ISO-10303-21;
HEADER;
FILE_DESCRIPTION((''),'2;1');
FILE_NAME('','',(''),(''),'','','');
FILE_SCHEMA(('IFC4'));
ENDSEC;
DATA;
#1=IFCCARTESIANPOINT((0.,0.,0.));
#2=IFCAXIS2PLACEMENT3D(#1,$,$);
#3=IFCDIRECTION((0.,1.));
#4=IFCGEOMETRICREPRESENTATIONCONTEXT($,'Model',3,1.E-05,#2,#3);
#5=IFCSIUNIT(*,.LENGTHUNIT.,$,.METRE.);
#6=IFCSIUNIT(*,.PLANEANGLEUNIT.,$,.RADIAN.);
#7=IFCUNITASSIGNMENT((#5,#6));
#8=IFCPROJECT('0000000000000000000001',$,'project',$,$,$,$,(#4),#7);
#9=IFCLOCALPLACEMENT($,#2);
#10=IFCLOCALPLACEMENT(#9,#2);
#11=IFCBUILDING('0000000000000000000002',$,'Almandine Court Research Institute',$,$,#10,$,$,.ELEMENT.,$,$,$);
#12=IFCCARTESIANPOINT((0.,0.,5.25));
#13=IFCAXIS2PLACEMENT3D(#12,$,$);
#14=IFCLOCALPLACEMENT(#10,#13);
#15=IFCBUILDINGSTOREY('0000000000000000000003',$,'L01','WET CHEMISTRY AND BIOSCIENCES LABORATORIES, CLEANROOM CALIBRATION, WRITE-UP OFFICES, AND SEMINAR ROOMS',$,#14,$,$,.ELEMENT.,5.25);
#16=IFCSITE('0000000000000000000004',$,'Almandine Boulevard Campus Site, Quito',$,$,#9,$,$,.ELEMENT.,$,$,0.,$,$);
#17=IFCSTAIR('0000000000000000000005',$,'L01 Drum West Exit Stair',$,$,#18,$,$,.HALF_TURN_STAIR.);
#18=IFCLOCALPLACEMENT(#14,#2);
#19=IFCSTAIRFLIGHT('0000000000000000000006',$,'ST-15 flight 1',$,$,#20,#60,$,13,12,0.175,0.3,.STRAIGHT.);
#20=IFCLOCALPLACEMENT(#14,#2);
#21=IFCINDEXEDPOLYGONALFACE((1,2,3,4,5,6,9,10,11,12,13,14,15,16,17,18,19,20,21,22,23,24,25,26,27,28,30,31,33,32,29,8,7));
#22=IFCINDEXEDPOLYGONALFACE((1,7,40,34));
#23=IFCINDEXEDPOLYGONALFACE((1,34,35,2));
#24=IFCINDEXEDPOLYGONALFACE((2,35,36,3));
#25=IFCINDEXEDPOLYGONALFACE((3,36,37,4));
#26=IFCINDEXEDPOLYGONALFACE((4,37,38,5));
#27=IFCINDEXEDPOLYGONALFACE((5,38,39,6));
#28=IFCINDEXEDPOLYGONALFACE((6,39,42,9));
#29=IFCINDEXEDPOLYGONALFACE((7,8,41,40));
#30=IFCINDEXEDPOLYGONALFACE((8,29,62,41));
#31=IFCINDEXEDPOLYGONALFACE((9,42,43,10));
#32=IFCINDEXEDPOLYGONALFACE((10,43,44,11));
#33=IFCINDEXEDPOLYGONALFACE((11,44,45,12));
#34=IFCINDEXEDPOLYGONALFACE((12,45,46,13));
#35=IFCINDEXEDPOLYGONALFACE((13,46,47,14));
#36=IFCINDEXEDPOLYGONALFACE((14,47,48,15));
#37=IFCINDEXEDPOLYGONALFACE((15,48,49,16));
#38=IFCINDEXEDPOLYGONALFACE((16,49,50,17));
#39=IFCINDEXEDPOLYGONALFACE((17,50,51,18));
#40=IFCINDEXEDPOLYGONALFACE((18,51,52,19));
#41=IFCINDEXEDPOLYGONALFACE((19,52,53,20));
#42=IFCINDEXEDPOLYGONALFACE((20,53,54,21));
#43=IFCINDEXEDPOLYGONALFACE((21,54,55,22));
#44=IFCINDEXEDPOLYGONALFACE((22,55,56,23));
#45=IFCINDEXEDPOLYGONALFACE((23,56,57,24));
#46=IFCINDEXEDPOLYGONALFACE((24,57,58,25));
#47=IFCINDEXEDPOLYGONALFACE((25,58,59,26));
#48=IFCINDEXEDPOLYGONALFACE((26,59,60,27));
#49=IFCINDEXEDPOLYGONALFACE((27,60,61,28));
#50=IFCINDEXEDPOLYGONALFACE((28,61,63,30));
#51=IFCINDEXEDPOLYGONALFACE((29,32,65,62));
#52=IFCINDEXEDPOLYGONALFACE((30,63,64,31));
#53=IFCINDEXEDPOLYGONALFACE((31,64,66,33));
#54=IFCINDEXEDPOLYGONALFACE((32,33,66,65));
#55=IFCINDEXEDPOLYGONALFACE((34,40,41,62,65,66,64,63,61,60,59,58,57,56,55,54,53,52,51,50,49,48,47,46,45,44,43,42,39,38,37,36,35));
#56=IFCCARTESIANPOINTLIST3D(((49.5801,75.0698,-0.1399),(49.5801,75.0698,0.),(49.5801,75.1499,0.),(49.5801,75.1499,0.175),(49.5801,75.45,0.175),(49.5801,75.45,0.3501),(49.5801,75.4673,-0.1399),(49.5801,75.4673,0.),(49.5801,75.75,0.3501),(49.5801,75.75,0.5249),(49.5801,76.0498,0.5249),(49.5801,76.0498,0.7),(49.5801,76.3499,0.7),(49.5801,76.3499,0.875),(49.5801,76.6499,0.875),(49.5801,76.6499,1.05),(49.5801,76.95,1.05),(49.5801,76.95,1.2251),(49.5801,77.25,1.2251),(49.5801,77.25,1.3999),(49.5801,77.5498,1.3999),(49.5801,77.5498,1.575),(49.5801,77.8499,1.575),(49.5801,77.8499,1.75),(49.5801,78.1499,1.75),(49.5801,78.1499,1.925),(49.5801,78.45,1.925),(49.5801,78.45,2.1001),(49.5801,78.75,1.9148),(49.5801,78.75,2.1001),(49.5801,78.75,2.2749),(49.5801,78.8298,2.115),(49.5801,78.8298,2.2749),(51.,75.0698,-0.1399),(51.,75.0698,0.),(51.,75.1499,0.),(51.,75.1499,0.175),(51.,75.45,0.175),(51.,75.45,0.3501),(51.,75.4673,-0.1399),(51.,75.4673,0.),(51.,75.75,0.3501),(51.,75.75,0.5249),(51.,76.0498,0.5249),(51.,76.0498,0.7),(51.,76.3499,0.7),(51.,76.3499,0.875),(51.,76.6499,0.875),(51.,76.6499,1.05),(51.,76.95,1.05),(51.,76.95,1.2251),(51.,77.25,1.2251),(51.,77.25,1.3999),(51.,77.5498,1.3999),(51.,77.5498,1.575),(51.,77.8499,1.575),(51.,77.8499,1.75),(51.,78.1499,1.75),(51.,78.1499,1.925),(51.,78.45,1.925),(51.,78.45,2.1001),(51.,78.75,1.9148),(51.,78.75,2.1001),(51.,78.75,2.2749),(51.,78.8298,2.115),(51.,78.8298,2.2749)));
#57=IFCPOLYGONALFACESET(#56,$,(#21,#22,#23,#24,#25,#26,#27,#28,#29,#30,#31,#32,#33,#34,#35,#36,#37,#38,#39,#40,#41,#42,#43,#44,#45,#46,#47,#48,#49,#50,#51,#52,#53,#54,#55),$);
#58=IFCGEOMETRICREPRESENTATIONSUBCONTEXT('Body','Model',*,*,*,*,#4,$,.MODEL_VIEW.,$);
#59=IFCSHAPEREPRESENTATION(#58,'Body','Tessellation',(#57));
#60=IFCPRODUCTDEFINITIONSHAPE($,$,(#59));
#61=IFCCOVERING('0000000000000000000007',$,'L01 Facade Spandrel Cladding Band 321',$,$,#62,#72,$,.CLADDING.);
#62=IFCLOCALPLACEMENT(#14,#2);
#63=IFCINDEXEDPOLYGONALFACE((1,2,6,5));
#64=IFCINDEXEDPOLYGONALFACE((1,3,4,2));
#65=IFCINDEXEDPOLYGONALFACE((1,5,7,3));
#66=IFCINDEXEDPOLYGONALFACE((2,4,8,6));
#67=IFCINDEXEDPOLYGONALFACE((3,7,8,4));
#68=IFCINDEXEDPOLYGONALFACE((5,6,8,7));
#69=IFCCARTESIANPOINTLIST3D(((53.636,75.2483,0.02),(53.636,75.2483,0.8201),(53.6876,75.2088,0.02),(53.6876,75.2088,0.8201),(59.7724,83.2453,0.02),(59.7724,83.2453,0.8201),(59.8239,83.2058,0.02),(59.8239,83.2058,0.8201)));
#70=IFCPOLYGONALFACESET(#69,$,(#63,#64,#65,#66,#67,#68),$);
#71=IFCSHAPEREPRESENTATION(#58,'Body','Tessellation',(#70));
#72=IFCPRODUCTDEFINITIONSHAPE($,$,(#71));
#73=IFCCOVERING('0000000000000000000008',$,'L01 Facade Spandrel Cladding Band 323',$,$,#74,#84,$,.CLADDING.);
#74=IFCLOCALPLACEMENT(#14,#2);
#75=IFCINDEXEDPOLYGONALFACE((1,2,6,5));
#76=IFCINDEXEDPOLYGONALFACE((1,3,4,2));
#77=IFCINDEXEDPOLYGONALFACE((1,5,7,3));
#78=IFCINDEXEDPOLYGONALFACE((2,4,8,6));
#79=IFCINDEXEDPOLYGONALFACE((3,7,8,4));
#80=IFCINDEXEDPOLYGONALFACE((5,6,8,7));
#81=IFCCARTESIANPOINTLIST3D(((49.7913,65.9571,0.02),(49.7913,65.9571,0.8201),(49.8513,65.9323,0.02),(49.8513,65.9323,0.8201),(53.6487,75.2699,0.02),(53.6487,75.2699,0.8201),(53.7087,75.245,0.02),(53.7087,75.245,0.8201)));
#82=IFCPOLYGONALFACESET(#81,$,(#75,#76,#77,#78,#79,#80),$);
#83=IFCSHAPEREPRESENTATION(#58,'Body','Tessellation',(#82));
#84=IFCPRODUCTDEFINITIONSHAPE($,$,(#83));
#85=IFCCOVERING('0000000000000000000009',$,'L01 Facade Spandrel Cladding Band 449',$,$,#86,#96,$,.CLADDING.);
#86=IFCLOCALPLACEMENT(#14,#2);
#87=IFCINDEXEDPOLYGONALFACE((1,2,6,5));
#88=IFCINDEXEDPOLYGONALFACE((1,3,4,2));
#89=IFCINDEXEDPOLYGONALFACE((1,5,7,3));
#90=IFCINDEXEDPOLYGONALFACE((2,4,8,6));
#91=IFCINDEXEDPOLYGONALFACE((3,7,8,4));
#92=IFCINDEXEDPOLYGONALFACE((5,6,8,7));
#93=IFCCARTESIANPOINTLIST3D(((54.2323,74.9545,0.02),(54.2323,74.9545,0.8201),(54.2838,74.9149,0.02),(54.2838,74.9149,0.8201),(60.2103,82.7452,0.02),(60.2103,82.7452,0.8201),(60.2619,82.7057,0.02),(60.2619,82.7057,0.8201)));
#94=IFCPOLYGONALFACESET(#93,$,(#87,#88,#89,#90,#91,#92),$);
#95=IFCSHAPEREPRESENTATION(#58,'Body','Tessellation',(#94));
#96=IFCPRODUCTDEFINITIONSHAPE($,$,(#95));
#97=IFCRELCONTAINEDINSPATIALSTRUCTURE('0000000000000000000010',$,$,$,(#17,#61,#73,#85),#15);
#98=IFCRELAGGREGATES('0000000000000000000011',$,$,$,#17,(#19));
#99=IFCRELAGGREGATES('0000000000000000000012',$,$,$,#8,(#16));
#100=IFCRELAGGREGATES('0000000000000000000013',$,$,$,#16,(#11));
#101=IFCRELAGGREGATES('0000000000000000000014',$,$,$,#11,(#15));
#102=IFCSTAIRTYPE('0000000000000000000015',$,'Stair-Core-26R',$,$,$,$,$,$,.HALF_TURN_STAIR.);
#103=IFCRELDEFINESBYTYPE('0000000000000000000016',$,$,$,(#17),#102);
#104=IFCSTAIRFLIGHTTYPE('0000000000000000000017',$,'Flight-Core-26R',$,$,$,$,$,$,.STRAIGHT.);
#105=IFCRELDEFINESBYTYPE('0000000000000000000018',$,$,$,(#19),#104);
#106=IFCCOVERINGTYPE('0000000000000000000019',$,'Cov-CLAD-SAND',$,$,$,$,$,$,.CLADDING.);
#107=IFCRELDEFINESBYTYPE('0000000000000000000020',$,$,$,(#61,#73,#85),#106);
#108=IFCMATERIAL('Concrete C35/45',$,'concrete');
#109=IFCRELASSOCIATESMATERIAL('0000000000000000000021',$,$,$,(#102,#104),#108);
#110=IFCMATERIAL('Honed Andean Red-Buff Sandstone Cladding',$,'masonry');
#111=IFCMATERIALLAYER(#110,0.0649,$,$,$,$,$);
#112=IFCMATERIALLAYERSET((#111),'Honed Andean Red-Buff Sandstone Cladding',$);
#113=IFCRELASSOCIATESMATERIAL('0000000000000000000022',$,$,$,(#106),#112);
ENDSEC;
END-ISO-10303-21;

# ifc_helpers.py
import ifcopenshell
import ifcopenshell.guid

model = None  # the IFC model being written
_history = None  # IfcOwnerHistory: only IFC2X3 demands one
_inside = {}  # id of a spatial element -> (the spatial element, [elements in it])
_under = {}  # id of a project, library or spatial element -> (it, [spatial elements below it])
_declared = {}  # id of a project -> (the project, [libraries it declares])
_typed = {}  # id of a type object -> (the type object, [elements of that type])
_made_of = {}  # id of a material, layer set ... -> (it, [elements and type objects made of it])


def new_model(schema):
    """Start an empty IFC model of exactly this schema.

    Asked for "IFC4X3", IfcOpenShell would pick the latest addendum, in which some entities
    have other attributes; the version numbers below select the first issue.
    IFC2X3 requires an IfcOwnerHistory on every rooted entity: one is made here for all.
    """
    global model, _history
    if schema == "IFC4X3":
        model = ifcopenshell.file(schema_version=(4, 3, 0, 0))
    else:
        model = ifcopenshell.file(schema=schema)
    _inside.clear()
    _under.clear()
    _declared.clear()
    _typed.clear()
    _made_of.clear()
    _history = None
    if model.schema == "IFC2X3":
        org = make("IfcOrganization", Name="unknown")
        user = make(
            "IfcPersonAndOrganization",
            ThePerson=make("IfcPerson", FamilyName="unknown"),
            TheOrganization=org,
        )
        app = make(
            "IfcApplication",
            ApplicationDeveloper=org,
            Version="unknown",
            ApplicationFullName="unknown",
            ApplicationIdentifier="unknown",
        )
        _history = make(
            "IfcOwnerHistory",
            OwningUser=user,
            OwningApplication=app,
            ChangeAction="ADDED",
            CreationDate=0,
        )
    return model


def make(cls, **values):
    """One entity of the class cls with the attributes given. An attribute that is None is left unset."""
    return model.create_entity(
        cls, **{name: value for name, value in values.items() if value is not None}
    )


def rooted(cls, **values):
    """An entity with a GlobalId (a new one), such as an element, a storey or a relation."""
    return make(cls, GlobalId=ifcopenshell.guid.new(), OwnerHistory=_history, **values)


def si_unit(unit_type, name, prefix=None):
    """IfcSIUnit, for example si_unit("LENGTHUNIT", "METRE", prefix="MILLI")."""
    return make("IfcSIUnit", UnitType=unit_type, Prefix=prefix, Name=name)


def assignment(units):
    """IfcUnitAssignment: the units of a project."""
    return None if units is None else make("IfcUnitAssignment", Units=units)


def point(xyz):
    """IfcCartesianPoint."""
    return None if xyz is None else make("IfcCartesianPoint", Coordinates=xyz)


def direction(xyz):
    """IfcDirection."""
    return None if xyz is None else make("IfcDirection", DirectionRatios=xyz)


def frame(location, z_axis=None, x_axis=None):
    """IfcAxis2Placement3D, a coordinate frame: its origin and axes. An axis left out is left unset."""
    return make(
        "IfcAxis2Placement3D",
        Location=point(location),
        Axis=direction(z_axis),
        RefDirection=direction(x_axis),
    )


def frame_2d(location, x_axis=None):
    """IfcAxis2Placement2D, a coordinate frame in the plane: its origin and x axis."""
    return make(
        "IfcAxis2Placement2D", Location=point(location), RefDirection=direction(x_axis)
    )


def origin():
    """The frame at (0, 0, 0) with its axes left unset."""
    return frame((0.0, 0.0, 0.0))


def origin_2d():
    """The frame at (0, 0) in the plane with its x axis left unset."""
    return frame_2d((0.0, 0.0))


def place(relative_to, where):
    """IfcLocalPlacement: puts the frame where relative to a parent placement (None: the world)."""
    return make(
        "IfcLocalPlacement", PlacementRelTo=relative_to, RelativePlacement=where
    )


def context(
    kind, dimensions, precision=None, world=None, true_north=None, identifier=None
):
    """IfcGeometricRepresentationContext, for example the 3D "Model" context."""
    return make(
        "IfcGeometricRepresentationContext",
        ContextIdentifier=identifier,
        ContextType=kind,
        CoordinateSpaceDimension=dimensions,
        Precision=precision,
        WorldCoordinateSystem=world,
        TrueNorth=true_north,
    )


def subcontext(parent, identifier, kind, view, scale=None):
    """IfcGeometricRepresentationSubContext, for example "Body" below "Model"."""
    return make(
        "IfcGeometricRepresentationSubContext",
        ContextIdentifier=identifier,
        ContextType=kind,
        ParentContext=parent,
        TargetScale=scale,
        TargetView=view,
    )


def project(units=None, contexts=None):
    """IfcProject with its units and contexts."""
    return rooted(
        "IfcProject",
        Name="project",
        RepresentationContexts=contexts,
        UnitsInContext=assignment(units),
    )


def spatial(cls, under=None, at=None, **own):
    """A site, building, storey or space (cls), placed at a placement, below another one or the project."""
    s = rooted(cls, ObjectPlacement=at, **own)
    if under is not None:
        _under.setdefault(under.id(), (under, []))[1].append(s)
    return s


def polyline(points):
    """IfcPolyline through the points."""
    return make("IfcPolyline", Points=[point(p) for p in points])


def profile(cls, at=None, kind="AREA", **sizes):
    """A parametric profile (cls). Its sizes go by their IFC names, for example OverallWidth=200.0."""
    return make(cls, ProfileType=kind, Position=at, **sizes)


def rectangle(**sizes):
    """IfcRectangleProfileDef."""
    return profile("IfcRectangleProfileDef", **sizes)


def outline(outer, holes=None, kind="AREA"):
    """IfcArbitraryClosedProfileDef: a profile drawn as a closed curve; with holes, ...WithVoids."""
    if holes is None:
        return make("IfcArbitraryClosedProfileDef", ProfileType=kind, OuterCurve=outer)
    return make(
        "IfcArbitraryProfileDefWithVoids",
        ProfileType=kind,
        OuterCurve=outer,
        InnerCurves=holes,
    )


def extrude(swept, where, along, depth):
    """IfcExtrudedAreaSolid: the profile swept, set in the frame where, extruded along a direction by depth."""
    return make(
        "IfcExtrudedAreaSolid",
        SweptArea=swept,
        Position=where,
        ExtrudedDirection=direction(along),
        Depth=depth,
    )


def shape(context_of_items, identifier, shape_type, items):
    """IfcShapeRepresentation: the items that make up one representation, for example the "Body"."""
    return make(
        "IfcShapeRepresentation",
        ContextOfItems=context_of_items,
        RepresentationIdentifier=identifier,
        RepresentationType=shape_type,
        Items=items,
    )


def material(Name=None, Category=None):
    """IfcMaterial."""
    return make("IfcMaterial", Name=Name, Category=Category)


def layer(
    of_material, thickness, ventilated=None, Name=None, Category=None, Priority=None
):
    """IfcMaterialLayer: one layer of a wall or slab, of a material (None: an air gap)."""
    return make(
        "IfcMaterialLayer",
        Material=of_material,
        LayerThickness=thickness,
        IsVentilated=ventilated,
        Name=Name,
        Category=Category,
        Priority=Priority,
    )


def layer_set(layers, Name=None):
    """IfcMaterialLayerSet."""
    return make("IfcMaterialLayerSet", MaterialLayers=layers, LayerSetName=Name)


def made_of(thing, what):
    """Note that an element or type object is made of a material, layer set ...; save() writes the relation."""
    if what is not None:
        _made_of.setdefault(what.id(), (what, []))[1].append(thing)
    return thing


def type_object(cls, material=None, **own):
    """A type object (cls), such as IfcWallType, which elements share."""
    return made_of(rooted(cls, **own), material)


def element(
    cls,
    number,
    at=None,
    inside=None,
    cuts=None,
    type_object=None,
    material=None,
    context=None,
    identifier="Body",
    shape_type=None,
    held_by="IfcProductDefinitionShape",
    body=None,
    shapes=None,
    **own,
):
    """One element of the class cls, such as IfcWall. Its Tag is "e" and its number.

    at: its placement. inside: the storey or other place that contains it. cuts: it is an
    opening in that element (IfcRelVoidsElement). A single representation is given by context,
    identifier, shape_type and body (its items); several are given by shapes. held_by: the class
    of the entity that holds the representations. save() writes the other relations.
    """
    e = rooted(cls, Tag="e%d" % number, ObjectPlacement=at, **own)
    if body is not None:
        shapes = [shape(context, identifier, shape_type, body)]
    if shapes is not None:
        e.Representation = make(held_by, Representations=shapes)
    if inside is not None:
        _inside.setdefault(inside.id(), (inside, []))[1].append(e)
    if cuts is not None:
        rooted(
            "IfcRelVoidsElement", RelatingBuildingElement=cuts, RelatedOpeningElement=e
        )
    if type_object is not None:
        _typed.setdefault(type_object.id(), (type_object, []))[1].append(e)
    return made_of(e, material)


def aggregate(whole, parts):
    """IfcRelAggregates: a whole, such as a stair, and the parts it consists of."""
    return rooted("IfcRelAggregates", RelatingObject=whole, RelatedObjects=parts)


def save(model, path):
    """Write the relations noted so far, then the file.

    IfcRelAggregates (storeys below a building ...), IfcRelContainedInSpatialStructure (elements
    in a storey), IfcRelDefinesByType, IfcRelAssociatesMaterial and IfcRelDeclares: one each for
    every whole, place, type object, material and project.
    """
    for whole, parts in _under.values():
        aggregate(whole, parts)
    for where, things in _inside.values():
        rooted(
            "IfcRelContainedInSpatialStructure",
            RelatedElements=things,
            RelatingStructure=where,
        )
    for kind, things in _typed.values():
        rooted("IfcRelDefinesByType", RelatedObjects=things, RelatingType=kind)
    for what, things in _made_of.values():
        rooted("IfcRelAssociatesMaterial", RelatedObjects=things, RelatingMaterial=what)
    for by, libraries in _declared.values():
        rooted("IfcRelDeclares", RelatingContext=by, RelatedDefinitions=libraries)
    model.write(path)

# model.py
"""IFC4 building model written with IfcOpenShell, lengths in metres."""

from ifc_helpers import new_model, si_unit, direction, frame, origin, origin_2d, place, context, subcontext, project, spatial, polyline, rectangle, outline, extrude, material, layer, layer_set, type_object, element, aggregate, save


model = new_model("IFC4")

# Units and contexts
model_context = context("Model", 3, precision=1e-05, world=origin(), true_north=direction((0.0, 1.0)))
body_context = subcontext(model_context, "Body", "Model", "MODEL_VIEW")
ifc_project = project(units=[si_unit("LENGTHUNIT", "METRE"), si_unit("PLANEANGLEUNIT", "RADIAN")], contexts=[model_context])

# Site, building, storey
site_placement = place(None, origin())
site = spatial("IfcSite", under=ifc_project, at=site_placement, Name="Almandine Boulevard Campus Site, Quito", CompositionType="ELEMENT", RefElevation=0.0)
building_placement = place(site_placement, origin())
building = spatial("IfcBuilding", under=site, at=building_placement, Name="Almandine Court Research Institute", CompositionType="ELEMENT")
storey_placement = place(building_placement, frame((0.0, 0.0, 5.25)))
storey = spatial("IfcBuildingStorey", under=building, at=storey_placement, Name="L01", Description="WET CHEMISTRY AND BIOSCIENCES LABORATORIES, CLEANROOM CALIBRATION, WRITE-UP OFFICES, AND SEMINAR ROOMS", CompositionType="ELEMENT", Elevation=5.25)

# Stair, stair flight
ifc_material_1 = material(Name="Concrete C35/45", Category="concrete")
stair_type = type_object("IfcStairType", Name="Stair-Core-26R", PredefinedType="HALF_TURN_STAIR", material=ifc_material_1)
stair_placement = place(storey_placement, origin())
stair = element("IfcStair", 1, at=stair_placement, inside=storey, type_object=stair_type, Name="L01 Drum West Exit Stair", PredefinedType="HALF_TURN_STAIR")
stair_flight_type = type_object("IfcStairFlightType", Name="Flight-Core-26R", PredefinedType="STRAIGHT", material=ifc_material_1)
stair_flight_placement = place(storey_placement, frame((50.29, 75.1499, 0.0), z_axis=(0.0, 0.0, 1.0), x_axis=(0.0, 1.0, 0.0)))
stair_flight = element("IfcStairFlight", 2, at=stair_flight_placement, type_object=stair_flight_type, Name="ST-15 flight 1", NumberOfRisers=13, NumberOfTreads=12, PredefinedType="STRAIGHT", RiserHeight=0.175, TreadLength=0.3, context=body_context, shape_type="SweptSolid", body=[
    extrude(outline(polyline([(-0.0801, -0.1399), (-0.0801, 0.0), (0.0, 0.0), (0.0, 0.175), (0.3, 0.175), (0.3, 0.3501), (0.6001, 0.3501), (0.6001, 0.5249), (0.8999, 0.5249), (0.8999, 0.7), (1.2, 0.7), (1.2, 0.875), (1.5, 0.875), (1.5, 1.05), (1.8, 1.05), (1.8, 1.2251), (2.1001, 1.2251), (2.1001, 1.3999), (2.3999, 1.3999), (2.3999, 1.575), (2.7, 1.575), (2.7, 1.75), (3.0, 1.75), (3.0, 1.925), (3.3, 1.925), (3.3, 2.1001), (3.6001, 2.1001), (3.6001, 2.2749), (3.6799, 2.2749), (3.6799, 2.115), (3.6001, 1.9148), (0.3174, 0.0), (0.3174, -0.1399), (-0.0801, -0.1399)])), frame((0.0, 0.71, 0.0), z_axis=(0.0, -1.0, 0.0), x_axis=(1.0, 0.0, 0.0)), (0.0, 0.0, 1.0), 1.4199),
])
aggregate(stair, [stair_flight])

# Coverings
ifc_material_2 = material(Name="Honed Andean Red-Buff Sandstone Cladding", Category="masonry")
ifc_layer_1 = layer(ifc_material_2, 0.0649)
ifc_layer_set_1 = layer_set([ifc_layer_1], Name="Honed Andean Red-Buff Sandstone Cladding")
covering_type = type_object("IfcCoveringType", Name="Cov-CLAD-SAND", PredefinedType="CLADDING", material=ifc_layer_set_1)
for number, where, z_axis, x_axis, name in (
    (3, (56.73, 79.2271, 0.02), (0.0, 0.0, 1.0), (-0.608761, -0.793353, 0.0), "L01 Facade Spandrel Cladding Band 321"),
    (4, (51.75, 70.6011, 0.02), (0.0, 0.0, 1.0), (-0.382683, -0.92388, 0.0), "L01 Facade Spandrel Cladding Band 323"),
):
    element("IfcCovering", number, at=place(storey_placement, frame(where, z_axis=z_axis, x_axis=x_axis)), inside=storey, type_object=covering_type, Name=name, PredefinedType="CLADDING", context=body_context, shape_type="SweptSolid", body=[
        extrude(rectangle(XDim=10.0801, YDim=0.0649, at=origin_2d()), origin(), (0.0, 0.0, 1.0), 0.8),
    ])
covering_placement = place(storey_placement, frame((57.2471, 78.8301, 0.02), z_axis=(0.0, 0.0, 1.0), x_axis=(0.608761, 0.793353, 0.0)))
element("IfcCovering", 5, at=covering_placement, inside=storey, type_object=covering_type, Name="L01 Facade Spandrel Cladding Band 449", PredefinedType="CLADDING", context=body_context, shape_type="SweptSolid", body=[
    extrude(rectangle(XDim=9.8201, YDim=0.0649, at=origin_2d()), origin(), (0.0, 0.0, 1.0), 0.8),
])

save(model, "model.ifc")
